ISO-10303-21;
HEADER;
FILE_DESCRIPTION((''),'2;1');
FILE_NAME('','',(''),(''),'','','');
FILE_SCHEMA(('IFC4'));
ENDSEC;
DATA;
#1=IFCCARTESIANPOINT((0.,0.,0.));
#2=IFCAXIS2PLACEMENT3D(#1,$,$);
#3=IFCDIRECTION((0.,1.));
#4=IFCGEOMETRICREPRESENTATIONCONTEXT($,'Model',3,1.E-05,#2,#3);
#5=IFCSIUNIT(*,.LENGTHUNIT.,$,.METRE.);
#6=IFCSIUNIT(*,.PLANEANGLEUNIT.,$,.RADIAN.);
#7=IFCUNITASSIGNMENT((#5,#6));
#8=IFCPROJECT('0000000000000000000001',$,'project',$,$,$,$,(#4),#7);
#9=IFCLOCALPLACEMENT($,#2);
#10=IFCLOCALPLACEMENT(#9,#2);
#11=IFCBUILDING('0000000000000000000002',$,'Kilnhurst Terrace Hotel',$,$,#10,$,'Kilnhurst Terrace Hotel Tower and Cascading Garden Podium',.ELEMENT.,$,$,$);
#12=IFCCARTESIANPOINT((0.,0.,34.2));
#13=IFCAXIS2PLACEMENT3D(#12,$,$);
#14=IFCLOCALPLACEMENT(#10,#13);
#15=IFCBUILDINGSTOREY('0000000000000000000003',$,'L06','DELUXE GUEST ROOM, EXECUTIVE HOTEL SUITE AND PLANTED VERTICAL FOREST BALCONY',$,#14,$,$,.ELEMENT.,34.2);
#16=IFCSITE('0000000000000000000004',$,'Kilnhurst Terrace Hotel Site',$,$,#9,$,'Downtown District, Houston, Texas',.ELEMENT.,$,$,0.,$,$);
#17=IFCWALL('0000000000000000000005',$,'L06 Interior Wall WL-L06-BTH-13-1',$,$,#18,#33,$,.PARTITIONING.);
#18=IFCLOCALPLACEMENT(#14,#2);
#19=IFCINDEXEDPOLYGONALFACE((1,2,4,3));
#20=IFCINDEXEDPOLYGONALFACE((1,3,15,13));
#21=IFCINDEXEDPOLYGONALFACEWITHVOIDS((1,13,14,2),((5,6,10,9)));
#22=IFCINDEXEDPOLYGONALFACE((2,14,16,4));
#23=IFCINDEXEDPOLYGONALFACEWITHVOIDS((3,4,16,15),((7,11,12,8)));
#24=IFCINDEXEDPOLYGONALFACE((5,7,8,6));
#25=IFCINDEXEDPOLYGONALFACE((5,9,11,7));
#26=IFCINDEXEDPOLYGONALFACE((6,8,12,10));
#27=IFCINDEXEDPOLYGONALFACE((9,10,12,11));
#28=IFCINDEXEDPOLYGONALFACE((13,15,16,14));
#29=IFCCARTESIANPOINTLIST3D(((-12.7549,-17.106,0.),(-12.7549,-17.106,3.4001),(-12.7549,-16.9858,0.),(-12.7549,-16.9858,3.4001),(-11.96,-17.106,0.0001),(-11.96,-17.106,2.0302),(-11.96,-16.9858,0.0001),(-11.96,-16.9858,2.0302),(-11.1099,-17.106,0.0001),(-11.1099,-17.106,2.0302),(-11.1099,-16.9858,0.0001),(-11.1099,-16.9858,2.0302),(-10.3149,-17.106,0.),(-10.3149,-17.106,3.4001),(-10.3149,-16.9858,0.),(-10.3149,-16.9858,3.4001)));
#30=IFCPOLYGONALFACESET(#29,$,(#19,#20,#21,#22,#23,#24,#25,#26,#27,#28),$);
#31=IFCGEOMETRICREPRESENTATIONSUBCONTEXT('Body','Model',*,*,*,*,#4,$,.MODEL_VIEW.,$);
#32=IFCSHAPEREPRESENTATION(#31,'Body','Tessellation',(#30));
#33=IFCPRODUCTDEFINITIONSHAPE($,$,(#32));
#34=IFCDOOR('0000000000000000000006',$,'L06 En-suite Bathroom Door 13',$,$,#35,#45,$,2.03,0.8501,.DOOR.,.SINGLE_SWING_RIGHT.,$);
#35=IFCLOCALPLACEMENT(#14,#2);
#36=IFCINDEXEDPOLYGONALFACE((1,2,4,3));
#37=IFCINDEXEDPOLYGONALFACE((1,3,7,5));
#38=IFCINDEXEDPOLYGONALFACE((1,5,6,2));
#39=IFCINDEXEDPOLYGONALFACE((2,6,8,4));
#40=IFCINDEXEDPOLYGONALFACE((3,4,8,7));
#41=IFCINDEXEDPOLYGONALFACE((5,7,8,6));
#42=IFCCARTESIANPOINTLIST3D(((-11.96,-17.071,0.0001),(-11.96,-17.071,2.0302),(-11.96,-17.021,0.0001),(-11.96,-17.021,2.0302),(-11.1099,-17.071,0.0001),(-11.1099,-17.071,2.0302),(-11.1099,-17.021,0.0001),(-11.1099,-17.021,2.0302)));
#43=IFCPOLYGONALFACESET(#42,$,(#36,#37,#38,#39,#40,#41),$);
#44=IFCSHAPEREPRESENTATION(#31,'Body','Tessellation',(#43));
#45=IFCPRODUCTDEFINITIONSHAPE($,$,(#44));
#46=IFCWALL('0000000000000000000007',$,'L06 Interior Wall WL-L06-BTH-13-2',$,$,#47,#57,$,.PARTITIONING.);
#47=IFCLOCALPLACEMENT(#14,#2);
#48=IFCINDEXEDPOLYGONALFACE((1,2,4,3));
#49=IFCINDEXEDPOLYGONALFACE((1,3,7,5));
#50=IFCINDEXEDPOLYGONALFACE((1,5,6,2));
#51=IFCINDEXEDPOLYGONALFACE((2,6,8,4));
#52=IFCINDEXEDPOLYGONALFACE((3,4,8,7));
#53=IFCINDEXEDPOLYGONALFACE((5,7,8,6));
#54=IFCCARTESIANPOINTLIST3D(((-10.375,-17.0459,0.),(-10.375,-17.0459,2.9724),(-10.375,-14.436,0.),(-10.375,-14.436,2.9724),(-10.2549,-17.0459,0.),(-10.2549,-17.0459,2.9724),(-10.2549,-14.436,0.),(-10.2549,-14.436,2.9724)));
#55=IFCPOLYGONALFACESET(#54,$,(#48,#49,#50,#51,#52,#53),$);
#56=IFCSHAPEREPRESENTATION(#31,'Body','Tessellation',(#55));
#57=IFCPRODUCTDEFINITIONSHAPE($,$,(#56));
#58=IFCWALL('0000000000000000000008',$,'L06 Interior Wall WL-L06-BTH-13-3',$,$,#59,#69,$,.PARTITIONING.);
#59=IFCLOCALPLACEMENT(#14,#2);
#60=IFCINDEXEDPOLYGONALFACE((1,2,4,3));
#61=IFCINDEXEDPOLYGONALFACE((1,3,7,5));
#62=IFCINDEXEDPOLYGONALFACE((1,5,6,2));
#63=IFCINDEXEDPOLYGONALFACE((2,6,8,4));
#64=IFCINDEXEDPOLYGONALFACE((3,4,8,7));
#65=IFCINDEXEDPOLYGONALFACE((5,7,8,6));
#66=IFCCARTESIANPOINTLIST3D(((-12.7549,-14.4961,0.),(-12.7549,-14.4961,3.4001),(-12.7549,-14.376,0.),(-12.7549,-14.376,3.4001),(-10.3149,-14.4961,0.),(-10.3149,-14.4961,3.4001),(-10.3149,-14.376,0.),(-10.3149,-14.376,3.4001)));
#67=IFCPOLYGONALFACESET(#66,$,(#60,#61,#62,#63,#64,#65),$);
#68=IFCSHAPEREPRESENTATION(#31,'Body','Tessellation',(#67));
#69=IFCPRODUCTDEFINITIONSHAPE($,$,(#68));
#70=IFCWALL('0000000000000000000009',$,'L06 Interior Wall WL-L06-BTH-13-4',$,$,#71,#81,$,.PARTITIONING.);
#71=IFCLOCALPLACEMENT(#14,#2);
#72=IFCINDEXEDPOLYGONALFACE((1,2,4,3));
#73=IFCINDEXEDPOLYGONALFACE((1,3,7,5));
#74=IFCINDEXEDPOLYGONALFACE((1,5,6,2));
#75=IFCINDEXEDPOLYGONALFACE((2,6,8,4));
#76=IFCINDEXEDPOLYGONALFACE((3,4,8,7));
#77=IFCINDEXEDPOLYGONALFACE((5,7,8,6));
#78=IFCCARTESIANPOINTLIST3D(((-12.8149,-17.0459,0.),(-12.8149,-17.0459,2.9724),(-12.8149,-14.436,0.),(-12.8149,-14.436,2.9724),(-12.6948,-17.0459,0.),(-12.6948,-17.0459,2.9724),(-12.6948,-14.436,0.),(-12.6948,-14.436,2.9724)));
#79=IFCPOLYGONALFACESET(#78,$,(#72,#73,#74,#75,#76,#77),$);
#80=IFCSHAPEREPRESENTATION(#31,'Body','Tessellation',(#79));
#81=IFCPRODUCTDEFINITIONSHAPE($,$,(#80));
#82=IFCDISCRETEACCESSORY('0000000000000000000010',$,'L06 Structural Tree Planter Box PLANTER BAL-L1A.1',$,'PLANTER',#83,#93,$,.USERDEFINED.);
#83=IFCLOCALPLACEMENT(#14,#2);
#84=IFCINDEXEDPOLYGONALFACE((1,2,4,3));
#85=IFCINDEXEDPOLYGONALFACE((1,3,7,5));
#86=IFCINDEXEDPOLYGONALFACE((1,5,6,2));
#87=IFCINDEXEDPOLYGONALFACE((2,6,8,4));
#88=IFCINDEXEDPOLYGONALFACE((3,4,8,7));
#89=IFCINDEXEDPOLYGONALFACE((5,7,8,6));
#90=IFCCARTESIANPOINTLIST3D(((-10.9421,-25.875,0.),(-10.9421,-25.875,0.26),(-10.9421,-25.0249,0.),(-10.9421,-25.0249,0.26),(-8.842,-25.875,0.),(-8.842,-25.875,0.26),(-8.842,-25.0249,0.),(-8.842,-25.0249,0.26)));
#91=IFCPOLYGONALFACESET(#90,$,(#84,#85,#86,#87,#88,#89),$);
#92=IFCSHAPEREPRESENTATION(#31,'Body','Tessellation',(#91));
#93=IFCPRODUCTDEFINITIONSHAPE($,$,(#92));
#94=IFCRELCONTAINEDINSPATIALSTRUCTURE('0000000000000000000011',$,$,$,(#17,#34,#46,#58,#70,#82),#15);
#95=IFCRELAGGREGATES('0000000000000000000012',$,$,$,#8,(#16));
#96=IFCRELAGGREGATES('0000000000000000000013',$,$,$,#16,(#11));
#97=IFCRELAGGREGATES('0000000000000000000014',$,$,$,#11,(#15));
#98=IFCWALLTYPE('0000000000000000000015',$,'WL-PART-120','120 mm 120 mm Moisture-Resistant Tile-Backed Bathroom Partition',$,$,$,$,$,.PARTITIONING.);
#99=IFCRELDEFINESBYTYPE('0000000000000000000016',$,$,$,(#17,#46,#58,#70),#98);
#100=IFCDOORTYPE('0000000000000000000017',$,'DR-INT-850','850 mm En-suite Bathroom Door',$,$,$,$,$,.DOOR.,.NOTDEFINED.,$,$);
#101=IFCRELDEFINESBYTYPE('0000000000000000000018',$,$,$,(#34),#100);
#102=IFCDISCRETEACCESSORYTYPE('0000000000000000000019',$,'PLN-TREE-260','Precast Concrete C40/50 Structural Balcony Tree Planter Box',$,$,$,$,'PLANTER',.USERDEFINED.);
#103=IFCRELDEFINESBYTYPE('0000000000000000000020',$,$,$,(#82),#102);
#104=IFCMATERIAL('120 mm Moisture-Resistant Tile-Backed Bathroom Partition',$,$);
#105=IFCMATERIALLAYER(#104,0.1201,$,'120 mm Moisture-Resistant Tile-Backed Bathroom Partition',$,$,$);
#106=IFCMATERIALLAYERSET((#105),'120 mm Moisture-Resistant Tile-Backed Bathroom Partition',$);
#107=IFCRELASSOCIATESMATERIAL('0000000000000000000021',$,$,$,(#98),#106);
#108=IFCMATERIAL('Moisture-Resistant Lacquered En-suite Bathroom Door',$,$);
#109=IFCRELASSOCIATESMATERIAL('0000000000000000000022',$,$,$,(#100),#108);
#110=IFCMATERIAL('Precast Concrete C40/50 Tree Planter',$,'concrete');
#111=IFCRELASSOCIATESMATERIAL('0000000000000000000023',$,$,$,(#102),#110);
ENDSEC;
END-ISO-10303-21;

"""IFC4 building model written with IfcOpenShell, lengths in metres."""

from ifc_helpers import new_model, si_unit, direction, frame, frame_2d, origin, origin_2d, place, context, subcontext, project, spatial, rectangle, extrude, material, layer, layer_set, type_object, element, fill, save


model = new_model("IFC4")

# Units and contexts
model_context = context("Model", 3, precision=1e-05, world=origin(), true_north=direction((0.0, 1.0)))
body_context = subcontext(model_context, "Body", "Model", "MODEL_VIEW")
ifc_project = project(units=[si_unit("LENGTHUNIT", "METRE"), si_unit("PLANEANGLEUNIT", "RADIAN")], contexts=[model_context])

# Site, building, storey
site_placement = place(None, origin())
site = spatial("IfcSite", under=ifc_project, at=site_placement, Name="Kilnhurst Terrace Hotel Site", LongName="Downtown District, Houston, Texas", CompositionType="ELEMENT", RefElevation=0.0)
building_placement = place(site_placement, origin())
building = spatial("IfcBuilding", under=site, at=building_placement, Name="Kilnhurst Terrace Hotel", LongName="Kilnhurst Terrace Hotel Tower and Cascading Garden Podium", CompositionType="ELEMENT")
storey_placement = place(building_placement, frame((0.0, 0.0, 34.2)))
storey = spatial("IfcBuildingStorey", under=building, at=storey_placement, Name="L06", Description="DELUXE GUEST ROOM, EXECUTIVE HOTEL SUITE AND PLANTED VERTICAL FOREST BALCONY", CompositionType="ELEMENT", Elevation=34.2)

# Shared definitions
ifc_material_1 = material(Name="120 mm Moisture-Resistant Tile-Backed Bathroom Partition")
ifc_layer_1 = layer(ifc_material_1, 0.1201, Name="120 mm Moisture-Resistant Tile-Backed Bathroom Partition")
ifc_layer_set_1 = layer_set([ifc_layer_1], Name="120 mm Moisture-Resistant Tile-Backed Bathroom Partition")
wall_type_1 = type_object("IfcWallType", Name="WL-PART-120", Description="120 mm 120 mm Moisture-Resistant Tile-Backed Bathroom Partition", PredefinedType="PARTITIONING", material=ifc_layer_set_1)
ifc_material_2 = material(Name="Moisture-Resistant Lacquered En-suite Bathroom Door")
door_type_1 = type_object("IfcDoorType", Name="DR-INT-850", Description="850 mm En-suite Bathroom Door", OperationType="NOTDEFINED", PredefinedType="DOOR", material=ifc_material_2)

# Wall, opening, door
wall_1_placement = place(storey_placement, frame((-12.7549, -17.0459, 0.0), z_axis=(0.0, 0.0, 1.0), x_axis=(1.0, 0.0, 0.0)))
wall_1 = element("IfcWall", 1, at=wall_1_placement, inside=storey, type_object=wall_type_1, Name="L06 Interior Wall WL-L06-BTH-13-1", PredefinedType="PARTITIONING", context=body_context, shape_type="SweptSolid", body=[
    extrude(rectangle(XDim=2.4399, YDim=0.1201, at=frame_2d((1.22, 0.0))), origin(), (0.0, 0.0, 1.0), 3.4001),
])
opening_1_placement = place(wall_1_placement, frame((0.7949, 0.0, 0.0)))
opening_1 = element("IfcOpeningElement", 2, at=opening_1_placement, cuts=wall_1, PredefinedType="OPENING", context=body_context, shape_type="SweptSolid", body=[
    extrude(rectangle(XDim=0.8501, YDim=2.03, at=frame_2d((0.425, 1.0151))), frame((0.0, 0.0701, 0.0), z_axis=(0.0, -1.0, 0.0), x_axis=(1.0, 0.0, 0.0)), (0.0, 0.0, 1.0), 0.1401),
])
door_1_placement = place(opening_1_placement, origin())
door_1 = element("IfcDoor", 3, at=door_1_placement, inside=storey, type_object=door_type_1, Name="L06 En-suite Bathroom Door 13", OperationType="SINGLE_SWING_RIGHT", OverallHeight=2.03, OverallWidth=0.8501, PredefinedType="DOOR", context=body_context, shape_type="SweptSolid", body=[
    extrude(rectangle(XDim=0.8501, YDim=2.03, at=frame_2d((0.425, 1.0151))), frame((0.0, 0.0249, 0.0), z_axis=(0.0, -1.0, 0.0), x_axis=(1.0, 0.0, 0.0)), (0.0, 0.0, 1.0), 0.05),
])
fill(opening_1, door_1)

# Walls
wall_2_placement = place(storey_placement, frame((-10.3149, -17.0459, 0.0), z_axis=(0.0, 0.0, 1.0), x_axis=(0.0, 1.0, 0.0)))
element("IfcWall", 4, at=wall_2_placement, inside=storey, type_object=wall_type_1, Name="L06 Interior Wall WL-L06-BTH-13-2", PredefinedType="PARTITIONING", context=body_context, shape_type="SweptSolid", body=[
    extrude(rectangle(XDim=2.6099, YDim=0.1201, at=frame_2d((1.3049, 0.0))), origin(), (0.0, 0.0, 1.0), 2.9724),
])
wall_3_placement = place(storey_placement, frame((-10.3149, -14.436, 0.0), z_axis=(0.0, 0.0, 1.0), x_axis=(-1.0, 0.0, 0.0)))
element("IfcWall", 5, at=wall_3_placement, inside=storey, type_object=wall_type_1, Name="L06 Interior Wall WL-L06-BTH-13-3", PredefinedType="PARTITIONING", context=body_context, shape_type="SweptSolid", body=[
    extrude(rectangle(XDim=2.4399, YDim=0.1201, at=frame_2d((1.22, 0.0))), origin(), (0.0, 0.0, 1.0), 3.4001),
])
wall_4_placement = place(storey_placement, frame((-12.7549, -14.436, 0.0), z_axis=(0.0, 0.0, 1.0), x_axis=(0.0, -1.0, 0.0)))
element("IfcWall", 6, at=wall_4_placement, inside=storey, type_object=wall_type_1, Name="L06 Interior Wall WL-L06-BTH-13-4", PredefinedType="PARTITIONING", context=body_context, shape_type="SweptSolid", body=[
    extrude(rectangle(XDim=2.6099, YDim=0.1201, at=frame_2d((1.3049, 0.0))), origin(), (0.0, 0.0, 1.0), 2.9724),
])

# Discrete accessory
ifc_material_3 = material(Name="Precast Concrete C40/50 Tree Planter", Category="concrete")
discrete_accessory_type = type_object("IfcDiscreteAccessoryType", Name="PLN-TREE-260", Description="Precast Concrete C40/50 Structural Balcony Tree Planter Box", ElementType="PLANTER", PredefinedType="USERDEFINED", material=ifc_material_3)
discrete_accessory_placement = place(storey_placement, frame((-9.8921, -25.45, 0.0), z_axis=(0.0, 0.0, 1.0), x_axis=(1.0, 0.0, 0.0)))
element("IfcDiscreteAccessory", 7, at=discrete_accessory_placement, inside=storey, type_object=discrete_accessory_type, Name="L06 Structural Tree Planter Box PLANTER BAL-L1A.1", ObjectType="PLANTER", PredefinedType="USERDEFINED", context=body_context, shape_type="SweptSolid", body=[
    extrude(rectangle(XDim=2.1001, YDim=0.8501, at=origin_2d()), origin(), (0.0, 0.0, 1.0), 0.26),
])

save(model, "model.ifc")
